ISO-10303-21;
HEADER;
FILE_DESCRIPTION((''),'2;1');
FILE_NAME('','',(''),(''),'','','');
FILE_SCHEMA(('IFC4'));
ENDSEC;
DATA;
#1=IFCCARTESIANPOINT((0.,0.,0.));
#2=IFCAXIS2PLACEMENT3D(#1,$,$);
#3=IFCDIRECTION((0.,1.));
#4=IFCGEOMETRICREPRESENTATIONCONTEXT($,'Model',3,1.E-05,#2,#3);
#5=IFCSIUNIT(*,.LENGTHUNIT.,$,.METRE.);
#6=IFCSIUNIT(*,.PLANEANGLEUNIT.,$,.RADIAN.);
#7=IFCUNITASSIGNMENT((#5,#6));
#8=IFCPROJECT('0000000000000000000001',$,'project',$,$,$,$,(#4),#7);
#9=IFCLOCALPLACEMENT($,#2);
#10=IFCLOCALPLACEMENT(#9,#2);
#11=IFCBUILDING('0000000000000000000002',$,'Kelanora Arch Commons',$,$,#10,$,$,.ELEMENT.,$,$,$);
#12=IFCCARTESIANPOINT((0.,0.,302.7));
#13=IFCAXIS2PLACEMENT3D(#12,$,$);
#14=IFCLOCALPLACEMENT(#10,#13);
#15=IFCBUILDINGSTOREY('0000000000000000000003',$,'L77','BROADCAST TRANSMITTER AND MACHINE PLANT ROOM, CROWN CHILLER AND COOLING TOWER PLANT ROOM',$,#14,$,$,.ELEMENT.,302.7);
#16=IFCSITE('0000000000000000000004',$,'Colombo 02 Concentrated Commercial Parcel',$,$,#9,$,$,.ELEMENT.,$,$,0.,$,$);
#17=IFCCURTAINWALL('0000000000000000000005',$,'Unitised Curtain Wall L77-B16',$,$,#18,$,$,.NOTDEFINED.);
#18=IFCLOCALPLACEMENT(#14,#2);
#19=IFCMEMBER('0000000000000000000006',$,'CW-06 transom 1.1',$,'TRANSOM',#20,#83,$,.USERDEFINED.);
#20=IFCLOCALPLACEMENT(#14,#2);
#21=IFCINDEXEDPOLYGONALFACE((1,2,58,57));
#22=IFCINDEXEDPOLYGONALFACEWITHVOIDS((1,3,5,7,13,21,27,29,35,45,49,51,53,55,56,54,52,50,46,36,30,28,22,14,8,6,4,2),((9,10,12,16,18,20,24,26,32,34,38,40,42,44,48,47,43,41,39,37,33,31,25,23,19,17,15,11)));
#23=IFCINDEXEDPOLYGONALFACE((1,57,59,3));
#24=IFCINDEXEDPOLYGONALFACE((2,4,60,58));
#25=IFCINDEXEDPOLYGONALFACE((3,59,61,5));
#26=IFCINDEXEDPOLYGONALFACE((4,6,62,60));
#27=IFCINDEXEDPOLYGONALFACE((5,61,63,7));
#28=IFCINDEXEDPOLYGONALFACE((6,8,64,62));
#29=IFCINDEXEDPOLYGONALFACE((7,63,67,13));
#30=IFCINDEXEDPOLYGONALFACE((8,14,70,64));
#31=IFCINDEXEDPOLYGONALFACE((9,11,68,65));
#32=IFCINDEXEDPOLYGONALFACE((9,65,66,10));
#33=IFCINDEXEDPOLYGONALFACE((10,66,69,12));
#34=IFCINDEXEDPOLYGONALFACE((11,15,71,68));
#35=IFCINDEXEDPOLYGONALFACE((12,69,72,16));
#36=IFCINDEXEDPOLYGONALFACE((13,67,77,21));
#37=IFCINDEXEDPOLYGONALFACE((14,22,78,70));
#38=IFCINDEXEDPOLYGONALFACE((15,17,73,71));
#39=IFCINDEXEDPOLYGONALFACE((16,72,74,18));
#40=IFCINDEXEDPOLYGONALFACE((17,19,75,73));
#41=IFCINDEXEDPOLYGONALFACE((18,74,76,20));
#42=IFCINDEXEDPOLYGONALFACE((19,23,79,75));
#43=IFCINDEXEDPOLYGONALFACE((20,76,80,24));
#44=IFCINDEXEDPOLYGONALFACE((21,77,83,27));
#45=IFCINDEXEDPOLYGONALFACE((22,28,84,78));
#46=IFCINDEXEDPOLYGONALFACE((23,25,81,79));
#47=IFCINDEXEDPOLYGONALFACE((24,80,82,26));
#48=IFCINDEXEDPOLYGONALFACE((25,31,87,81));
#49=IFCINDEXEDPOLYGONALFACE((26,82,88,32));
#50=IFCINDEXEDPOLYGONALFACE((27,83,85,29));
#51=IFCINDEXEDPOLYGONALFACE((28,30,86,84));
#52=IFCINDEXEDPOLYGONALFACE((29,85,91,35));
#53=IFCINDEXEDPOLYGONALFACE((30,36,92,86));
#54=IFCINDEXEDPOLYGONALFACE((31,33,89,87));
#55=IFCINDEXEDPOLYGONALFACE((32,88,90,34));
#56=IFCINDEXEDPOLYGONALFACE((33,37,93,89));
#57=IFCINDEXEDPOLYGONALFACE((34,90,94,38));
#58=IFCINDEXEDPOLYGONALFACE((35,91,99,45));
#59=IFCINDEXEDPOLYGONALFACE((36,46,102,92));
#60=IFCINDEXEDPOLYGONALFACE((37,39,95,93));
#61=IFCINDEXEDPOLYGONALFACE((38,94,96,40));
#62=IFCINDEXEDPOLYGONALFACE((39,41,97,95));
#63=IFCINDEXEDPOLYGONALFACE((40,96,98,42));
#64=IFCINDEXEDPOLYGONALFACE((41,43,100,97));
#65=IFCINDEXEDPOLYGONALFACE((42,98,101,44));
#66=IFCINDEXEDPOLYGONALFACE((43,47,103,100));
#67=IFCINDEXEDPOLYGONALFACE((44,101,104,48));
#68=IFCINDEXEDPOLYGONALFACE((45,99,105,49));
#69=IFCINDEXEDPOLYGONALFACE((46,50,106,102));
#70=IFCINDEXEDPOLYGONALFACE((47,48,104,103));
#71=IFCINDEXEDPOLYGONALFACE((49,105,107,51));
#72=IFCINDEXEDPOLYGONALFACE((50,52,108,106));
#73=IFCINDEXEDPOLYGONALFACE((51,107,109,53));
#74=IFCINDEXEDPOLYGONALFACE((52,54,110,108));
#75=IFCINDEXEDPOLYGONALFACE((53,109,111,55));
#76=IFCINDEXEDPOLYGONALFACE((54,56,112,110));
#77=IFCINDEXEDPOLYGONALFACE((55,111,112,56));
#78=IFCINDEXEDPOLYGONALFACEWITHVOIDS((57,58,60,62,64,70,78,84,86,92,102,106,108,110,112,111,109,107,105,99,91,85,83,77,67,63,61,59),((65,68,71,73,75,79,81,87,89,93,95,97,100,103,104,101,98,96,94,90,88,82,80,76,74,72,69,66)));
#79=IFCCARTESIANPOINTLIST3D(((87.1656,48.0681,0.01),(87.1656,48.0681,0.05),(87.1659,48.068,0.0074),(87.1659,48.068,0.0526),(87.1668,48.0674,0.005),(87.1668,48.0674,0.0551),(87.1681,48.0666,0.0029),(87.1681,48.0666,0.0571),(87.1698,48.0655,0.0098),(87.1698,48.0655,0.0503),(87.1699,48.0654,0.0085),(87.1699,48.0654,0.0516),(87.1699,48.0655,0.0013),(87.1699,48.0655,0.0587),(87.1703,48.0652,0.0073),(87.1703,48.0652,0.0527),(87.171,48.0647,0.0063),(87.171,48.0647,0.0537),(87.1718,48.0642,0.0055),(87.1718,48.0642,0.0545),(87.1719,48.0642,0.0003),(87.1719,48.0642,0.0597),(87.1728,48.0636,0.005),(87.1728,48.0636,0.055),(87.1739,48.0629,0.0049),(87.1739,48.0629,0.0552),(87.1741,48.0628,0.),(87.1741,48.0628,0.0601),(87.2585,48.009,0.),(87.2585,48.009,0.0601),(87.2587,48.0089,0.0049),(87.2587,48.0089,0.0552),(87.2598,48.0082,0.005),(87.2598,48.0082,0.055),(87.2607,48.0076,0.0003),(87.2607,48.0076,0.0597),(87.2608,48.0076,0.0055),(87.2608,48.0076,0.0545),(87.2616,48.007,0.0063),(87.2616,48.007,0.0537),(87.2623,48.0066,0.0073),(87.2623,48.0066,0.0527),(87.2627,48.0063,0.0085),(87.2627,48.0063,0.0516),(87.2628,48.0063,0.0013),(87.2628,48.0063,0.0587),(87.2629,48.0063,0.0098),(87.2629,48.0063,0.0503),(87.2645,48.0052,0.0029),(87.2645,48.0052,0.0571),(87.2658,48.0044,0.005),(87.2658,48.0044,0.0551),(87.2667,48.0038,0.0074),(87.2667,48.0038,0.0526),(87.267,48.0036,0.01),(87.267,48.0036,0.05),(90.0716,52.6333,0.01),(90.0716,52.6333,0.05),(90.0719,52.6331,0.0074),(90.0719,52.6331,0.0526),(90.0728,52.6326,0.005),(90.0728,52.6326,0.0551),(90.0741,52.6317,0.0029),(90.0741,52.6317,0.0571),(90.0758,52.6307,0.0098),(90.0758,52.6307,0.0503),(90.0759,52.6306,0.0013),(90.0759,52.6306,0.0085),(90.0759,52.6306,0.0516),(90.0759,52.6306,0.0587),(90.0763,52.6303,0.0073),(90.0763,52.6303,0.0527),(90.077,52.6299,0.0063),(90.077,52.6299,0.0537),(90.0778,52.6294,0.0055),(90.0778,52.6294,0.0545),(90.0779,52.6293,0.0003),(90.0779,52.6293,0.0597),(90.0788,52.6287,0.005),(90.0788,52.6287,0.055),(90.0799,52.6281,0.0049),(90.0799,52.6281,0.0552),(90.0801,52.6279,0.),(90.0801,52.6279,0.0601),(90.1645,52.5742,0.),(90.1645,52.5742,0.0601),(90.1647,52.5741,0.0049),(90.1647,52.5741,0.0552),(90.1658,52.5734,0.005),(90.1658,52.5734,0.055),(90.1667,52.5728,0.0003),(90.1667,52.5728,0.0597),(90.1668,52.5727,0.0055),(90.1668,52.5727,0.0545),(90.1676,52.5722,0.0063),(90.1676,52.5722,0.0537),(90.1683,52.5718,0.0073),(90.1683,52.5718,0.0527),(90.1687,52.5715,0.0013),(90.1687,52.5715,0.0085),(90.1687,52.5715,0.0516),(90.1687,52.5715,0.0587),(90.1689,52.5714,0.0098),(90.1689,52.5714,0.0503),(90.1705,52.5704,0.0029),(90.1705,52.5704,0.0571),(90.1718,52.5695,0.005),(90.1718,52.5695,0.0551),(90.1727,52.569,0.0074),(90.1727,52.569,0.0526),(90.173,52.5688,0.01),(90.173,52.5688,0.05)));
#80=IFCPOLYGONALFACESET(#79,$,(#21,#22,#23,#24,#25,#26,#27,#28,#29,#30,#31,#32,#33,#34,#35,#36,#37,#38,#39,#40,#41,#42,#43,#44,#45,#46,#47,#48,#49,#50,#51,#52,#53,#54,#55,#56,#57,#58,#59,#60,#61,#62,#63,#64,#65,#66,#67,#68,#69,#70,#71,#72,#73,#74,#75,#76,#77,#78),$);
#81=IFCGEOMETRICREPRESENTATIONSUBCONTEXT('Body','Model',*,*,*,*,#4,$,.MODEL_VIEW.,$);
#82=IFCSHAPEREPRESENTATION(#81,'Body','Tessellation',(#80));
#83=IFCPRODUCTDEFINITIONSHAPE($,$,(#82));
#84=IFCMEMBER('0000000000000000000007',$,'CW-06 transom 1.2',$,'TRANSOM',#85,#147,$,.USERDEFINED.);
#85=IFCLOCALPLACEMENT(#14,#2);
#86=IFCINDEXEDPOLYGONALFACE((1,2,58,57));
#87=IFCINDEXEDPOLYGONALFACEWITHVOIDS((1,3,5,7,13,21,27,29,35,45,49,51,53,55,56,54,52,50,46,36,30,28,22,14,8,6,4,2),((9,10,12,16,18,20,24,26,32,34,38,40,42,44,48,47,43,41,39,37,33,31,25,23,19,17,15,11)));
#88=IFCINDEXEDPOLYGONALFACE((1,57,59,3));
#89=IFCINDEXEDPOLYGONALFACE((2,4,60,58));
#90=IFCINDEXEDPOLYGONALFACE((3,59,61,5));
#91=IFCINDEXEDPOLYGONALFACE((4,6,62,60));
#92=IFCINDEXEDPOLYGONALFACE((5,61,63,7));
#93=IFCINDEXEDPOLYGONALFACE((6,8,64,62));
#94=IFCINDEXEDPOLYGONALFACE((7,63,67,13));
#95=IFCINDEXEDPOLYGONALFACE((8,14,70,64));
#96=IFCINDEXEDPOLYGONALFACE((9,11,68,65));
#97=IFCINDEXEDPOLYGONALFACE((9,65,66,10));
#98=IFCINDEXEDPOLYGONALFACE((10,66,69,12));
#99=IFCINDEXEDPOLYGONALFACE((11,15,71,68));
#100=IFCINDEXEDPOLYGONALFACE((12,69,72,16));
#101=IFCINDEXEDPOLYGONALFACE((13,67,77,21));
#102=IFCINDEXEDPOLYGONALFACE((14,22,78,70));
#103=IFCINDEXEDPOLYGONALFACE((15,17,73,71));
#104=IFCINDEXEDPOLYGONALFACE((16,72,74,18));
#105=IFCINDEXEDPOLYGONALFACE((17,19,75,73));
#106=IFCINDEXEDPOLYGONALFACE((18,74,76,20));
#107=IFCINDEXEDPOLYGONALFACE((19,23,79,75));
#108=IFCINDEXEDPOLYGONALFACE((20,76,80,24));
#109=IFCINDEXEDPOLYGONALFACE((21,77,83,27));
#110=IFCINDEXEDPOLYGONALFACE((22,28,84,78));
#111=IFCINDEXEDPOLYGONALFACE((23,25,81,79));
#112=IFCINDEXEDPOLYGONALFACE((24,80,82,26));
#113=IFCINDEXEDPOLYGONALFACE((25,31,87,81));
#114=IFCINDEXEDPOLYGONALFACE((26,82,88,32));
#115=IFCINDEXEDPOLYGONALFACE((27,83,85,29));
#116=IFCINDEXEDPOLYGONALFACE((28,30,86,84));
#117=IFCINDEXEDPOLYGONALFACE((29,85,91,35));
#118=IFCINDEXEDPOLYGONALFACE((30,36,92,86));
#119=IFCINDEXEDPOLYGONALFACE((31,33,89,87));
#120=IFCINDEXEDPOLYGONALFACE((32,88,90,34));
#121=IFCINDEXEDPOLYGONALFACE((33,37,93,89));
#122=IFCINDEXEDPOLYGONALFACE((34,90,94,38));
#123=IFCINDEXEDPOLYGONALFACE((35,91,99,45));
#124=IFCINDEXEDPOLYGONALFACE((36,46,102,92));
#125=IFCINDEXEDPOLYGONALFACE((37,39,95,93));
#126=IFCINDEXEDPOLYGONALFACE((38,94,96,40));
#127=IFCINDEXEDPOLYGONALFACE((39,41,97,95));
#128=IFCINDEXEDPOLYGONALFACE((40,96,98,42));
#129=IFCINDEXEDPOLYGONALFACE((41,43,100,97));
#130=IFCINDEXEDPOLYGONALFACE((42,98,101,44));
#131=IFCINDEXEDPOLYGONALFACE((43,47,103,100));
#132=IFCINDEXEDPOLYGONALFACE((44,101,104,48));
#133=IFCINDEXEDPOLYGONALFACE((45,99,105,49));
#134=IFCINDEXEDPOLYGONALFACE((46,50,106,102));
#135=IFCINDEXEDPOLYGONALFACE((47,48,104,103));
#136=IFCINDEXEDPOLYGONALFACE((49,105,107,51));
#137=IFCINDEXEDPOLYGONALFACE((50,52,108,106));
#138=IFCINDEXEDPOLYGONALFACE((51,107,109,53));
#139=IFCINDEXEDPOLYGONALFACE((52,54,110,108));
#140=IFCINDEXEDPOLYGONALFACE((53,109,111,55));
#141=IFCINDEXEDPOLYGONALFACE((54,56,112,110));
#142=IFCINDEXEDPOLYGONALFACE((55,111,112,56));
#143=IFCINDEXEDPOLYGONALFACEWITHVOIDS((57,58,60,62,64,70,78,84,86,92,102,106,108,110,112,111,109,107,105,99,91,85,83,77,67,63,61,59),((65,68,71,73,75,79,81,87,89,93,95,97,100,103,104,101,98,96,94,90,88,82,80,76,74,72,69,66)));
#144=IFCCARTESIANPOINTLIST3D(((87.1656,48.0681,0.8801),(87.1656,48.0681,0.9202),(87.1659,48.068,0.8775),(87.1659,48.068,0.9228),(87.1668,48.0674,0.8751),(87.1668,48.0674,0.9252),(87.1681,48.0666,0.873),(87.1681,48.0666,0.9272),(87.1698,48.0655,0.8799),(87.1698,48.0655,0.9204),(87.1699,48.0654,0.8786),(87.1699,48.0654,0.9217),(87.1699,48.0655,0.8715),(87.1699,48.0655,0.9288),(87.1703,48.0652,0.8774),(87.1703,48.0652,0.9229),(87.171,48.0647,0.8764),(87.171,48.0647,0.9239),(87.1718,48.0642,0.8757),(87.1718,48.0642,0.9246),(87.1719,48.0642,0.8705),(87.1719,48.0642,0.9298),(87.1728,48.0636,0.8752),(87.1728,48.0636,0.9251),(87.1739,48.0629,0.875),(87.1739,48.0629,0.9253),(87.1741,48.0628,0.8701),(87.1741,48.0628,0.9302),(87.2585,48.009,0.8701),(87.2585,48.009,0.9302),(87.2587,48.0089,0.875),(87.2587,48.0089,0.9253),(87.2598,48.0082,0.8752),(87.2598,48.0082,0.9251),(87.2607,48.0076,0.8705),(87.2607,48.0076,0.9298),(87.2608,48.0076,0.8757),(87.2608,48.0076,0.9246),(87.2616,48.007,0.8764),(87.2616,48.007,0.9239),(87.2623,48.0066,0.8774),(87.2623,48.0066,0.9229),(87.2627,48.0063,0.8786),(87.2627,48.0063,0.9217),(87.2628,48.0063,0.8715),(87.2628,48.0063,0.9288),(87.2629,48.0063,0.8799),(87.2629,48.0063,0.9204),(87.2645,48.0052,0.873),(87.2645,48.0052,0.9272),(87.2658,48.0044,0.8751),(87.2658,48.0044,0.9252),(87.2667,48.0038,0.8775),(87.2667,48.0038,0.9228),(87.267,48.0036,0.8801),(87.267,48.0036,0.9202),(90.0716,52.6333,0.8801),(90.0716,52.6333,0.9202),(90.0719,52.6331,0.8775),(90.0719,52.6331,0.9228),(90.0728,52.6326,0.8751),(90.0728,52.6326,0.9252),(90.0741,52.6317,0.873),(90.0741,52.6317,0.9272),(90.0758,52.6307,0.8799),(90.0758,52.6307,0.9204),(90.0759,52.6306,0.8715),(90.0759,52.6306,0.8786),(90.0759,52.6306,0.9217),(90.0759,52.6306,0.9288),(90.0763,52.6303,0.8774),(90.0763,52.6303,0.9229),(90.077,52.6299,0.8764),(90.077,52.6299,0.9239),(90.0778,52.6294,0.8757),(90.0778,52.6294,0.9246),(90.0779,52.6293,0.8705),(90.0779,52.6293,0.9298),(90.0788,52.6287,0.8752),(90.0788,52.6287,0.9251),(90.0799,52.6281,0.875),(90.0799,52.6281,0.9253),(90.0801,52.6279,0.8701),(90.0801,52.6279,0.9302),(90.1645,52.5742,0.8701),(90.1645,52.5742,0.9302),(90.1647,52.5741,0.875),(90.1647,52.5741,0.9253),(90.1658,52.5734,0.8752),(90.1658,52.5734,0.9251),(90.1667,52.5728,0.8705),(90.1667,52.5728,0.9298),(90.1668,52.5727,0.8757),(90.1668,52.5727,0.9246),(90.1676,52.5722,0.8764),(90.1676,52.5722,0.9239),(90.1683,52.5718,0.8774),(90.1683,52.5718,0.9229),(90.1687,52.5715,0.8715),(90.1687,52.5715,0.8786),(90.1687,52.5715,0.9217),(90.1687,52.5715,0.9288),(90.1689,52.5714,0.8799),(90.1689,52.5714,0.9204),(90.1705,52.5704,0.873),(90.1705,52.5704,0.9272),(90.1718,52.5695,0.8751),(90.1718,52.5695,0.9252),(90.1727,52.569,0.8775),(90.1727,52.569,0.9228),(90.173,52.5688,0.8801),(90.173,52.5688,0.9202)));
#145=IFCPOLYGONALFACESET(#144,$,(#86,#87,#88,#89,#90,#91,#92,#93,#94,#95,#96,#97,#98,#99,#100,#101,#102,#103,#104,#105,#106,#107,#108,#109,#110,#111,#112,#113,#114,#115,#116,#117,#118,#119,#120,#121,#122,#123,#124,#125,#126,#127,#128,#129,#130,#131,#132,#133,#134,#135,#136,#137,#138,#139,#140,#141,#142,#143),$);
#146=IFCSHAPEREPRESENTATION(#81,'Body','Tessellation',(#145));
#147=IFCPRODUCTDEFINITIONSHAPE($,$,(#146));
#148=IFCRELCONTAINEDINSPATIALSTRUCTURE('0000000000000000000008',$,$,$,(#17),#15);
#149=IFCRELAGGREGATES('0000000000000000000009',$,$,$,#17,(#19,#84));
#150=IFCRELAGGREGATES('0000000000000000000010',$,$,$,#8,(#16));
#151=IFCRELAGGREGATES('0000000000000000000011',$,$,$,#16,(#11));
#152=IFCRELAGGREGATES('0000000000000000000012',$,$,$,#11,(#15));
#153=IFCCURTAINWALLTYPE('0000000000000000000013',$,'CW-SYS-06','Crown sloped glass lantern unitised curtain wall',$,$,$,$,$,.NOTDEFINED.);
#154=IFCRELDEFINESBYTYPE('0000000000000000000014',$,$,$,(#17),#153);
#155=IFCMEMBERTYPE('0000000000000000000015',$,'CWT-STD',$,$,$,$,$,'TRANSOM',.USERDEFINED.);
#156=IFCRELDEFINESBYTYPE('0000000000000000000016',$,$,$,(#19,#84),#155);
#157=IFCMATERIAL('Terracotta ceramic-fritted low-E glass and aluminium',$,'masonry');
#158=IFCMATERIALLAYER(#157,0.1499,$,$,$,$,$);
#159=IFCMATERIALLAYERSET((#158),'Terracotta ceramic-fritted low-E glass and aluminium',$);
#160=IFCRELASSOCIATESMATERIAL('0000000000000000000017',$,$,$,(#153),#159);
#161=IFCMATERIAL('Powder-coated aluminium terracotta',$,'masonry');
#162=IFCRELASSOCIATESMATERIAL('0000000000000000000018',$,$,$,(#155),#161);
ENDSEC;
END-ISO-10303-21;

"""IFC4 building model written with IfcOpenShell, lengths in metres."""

from ifc_helpers import new_model, si_unit, direction, frame, origin, origin_2d, place, context, subcontext, project, spatial, hollow_rectangle, extrude, material, layer, layer_set, material_profile, profile_set, type_object, element, aggregate, save


model = new_model("IFC4")

# Units and contexts
model_context = context("Model", 3, precision=1e-05, world=origin(), true_north=direction((0.0, 1.0)))
body_context = subcontext(model_context, "Body", "Model", "MODEL_VIEW")
ifc_project = project(units=[si_unit("LENGTHUNIT", "METRE"), si_unit("PLANEANGLEUNIT", "RADIAN")], contexts=[model_context])

# Site, building, storey
site_placement = place(None, origin())
site = spatial("IfcSite", under=ifc_project, at=site_placement, Name="Colombo 02 Concentrated Commercial Parcel", CompositionType="ELEMENT", RefElevation=0.0)
building_placement = place(site_placement, origin())
building = spatial("IfcBuilding", under=site, at=building_placement, Name="Kelanora Arch Commons", CompositionType="ELEMENT")
storey_placement = place(building_placement, frame((0.0, 0.0, 302.7)))
storey = spatial("IfcBuildingStorey", under=building, at=storey_placement, Name="L77", Description="BROADCAST TRANSMITTER AND MACHINE PLANT ROOM, CROWN CHILLER AND COOLING TOWER PLANT ROOM", CompositionType="ELEMENT", Elevation=302.7)

# Shared definitions
ifc_material_1 = material(Name="Terracotta ceramic-fritted low-E glass and aluminium", Category="masonry")
ifc_layer_1 = layer(ifc_material_1, 0.1499)
ifc_layer_set_1 = layer_set([ifc_layer_1], Name="Terracotta ceramic-fritted low-E glass and aluminium")
curtain_wall_type = type_object("IfcCurtainWallType", Name="CW-SYS-06", Description="Crown sloped glass lantern unitised curtain wall", PredefinedType="NOTDEFINED", material=ifc_layer_set_1)
ifc_material_2 = material(Name="Powder-coated aluminium terracotta", Category="masonry")

# Curtain wall
curtain_wall_1_placement = place(storey_placement, origin())
curtain_wall_1 = element("IfcCurtainWall", 1, at=curtain_wall_1_placement, inside=storey, type_object=curtain_wall_type, Name="Unitised Curtain Wall L77-B16", PredefinedType="NOTDEFINED")

# Members
ifc_material_profile_1 = material_profile(ifc_material_2, hollow_rectangle(XDim=0.1201, YDim=0.0601, WallThickness=0.0049, InnerFilletRadius=0.0049, OuterFilletRadius=0.01, at=origin_2d()), Name="CWT120x60")
ifc_profile_set_1 = profile_set([ifc_material_profile_1], Name="Powder-coated aluminium terracotta")
member_type_1 = type_object("IfcMemberType", Name="CWT-STD", ElementType="TRANSOM", PredefinedType="USERDEFINED", material=ifc_profile_set_1)
member_1_placement = place(storey_placement, frame((87.2163, 48.0359, 0.03), z_axis=(0.536992, 0.843587, 0.0), x_axis=(-0.843587, 0.536992, 0.0)))
member_1 = element("IfcMember", 2, at=member_1_placement, type_object=member_type_1, Name="CW-06 transom 1.1", ObjectType="TRANSOM", PredefinedType="USERDEFINED", context=body_context, shape_type="SweptSolid", body=[
    extrude(hollow_rectangle(XDim=0.1201, YDim=0.0601, WallThickness=0.0049, InnerFilletRadius=0.0049, OuterFilletRadius=0.01, at=origin_2d()), origin(), (0.0, 0.0, 1.0), 5.4116),
])
member_2_placement = place(storey_placement, frame((87.2163, 48.0359, 0.9001), z_axis=(0.536992, 0.843587, 0.0), x_axis=(-0.843587, 0.536992, 0.0)))
member_2 = element("IfcMember", 3, at=member_2_placement, type_object=member_type_1, Name="CW-06 transom 1.2", ObjectType="TRANSOM", PredefinedType="USERDEFINED", context=body_context, shape_type="SweptSolid", body=[
    extrude(hollow_rectangle(XDim=0.1201, YDim=0.0601, WallThickness=0.0049, InnerFilletRadius=0.0049, OuterFilletRadius=0.01, at=origin_2d()), origin(), (0.0, 0.0, 1.0), 5.4116),
])
aggregate(curtain_wall_1, [member_1, member_2])

save(model, "model.ifc")
